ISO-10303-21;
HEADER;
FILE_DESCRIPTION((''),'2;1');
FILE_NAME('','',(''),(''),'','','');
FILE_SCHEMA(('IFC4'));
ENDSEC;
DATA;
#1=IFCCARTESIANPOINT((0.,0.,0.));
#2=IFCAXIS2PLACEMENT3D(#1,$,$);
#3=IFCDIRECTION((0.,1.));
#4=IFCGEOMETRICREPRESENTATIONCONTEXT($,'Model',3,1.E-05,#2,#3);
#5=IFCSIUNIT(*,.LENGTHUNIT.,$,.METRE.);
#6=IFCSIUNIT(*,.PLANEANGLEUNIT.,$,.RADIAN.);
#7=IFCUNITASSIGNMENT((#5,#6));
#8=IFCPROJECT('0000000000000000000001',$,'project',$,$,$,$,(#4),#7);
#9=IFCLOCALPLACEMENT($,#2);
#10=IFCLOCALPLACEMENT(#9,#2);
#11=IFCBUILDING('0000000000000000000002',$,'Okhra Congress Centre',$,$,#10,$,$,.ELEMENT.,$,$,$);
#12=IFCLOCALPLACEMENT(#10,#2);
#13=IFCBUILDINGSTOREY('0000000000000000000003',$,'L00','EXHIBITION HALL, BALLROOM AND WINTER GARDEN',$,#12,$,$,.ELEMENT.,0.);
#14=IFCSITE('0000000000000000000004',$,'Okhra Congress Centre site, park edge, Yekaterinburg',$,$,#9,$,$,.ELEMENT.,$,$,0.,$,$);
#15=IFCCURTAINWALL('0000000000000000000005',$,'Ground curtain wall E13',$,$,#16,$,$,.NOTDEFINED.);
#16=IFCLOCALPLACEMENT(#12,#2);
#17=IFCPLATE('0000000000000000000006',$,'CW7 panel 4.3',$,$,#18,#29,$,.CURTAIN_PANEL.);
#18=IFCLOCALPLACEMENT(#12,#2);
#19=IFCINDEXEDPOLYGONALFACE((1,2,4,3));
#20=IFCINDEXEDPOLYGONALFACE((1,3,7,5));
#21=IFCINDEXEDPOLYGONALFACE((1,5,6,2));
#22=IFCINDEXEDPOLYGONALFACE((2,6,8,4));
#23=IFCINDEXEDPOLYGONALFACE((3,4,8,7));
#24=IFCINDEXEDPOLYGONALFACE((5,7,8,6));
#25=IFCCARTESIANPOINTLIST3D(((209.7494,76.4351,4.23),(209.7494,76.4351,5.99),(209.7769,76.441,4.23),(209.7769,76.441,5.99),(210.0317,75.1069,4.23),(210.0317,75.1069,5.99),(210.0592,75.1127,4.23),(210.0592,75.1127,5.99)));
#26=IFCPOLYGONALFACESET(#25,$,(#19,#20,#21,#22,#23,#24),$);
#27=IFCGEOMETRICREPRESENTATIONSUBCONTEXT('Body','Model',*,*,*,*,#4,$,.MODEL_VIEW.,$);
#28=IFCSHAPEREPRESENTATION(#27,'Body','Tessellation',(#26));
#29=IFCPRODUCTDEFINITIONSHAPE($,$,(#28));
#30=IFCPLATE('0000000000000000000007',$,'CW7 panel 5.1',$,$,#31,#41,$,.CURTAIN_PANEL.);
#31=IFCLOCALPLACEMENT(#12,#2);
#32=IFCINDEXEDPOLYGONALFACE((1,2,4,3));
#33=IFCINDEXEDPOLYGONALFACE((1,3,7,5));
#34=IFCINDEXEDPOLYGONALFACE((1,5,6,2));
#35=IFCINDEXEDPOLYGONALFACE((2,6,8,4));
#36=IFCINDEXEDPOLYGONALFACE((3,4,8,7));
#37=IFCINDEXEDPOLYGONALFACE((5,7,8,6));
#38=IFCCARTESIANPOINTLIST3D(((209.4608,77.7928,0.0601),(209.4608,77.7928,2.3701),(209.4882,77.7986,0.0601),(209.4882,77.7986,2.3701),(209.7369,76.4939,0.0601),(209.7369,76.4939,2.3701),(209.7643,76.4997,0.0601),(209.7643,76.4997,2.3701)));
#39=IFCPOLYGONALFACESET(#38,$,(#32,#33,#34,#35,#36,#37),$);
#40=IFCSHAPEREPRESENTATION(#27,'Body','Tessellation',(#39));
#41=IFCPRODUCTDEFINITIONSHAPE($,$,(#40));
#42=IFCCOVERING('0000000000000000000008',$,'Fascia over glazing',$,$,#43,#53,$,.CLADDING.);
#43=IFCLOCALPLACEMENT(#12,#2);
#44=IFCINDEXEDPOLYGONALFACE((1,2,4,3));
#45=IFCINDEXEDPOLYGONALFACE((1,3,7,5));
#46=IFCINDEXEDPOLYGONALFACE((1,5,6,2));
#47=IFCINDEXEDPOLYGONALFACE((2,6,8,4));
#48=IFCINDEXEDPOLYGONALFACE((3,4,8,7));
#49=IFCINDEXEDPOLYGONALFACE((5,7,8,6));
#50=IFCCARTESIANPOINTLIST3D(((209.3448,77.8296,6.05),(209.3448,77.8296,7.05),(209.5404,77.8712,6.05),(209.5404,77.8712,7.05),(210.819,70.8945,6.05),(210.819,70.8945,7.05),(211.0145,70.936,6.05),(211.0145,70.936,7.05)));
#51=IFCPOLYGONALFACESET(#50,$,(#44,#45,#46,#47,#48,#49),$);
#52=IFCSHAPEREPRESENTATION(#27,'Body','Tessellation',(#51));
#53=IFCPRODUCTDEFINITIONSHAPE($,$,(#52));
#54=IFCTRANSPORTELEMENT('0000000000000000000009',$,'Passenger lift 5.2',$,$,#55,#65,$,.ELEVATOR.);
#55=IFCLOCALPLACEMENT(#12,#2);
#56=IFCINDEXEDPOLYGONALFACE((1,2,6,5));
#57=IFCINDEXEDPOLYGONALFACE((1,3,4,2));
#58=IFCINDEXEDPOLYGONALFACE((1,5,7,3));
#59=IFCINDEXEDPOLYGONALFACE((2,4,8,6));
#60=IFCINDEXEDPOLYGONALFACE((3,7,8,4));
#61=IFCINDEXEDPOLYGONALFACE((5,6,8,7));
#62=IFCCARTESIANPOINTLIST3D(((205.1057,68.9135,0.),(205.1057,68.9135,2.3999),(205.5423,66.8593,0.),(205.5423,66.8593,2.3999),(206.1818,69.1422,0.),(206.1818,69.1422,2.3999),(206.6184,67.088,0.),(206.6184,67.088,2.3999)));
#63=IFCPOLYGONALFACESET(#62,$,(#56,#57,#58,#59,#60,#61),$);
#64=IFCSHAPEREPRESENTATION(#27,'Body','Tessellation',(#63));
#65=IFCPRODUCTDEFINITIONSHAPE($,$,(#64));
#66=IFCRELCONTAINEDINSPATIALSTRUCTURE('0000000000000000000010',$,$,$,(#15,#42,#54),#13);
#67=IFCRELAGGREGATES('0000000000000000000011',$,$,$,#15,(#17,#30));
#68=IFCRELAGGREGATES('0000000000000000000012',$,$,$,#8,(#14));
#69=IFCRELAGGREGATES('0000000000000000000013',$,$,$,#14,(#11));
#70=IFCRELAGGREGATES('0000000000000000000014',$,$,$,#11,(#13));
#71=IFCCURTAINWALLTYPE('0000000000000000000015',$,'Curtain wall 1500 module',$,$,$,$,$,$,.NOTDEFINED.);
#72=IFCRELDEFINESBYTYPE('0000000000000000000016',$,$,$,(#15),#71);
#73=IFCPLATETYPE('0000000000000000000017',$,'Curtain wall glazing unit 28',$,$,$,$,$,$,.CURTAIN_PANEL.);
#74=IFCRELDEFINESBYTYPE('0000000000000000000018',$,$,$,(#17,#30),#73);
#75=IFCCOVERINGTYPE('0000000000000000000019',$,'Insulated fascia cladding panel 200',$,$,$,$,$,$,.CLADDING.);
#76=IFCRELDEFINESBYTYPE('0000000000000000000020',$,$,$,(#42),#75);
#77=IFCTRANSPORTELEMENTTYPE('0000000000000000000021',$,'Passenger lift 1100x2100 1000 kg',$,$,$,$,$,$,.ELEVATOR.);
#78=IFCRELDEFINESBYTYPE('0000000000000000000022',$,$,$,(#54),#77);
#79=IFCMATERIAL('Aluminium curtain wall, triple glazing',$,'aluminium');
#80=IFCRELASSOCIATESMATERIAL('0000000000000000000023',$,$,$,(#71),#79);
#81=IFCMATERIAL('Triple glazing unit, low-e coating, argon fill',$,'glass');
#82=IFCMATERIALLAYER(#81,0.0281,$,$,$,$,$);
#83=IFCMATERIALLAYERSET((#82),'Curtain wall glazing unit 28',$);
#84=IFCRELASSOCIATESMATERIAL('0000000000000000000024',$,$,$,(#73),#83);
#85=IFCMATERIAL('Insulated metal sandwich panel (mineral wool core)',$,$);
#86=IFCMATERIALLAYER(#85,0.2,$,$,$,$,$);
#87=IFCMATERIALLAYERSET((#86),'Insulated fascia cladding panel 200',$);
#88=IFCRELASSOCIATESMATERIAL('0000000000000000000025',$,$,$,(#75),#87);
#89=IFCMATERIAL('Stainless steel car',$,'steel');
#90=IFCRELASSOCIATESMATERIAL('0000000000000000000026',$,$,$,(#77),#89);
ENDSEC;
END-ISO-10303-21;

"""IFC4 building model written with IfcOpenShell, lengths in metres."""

from ifc_helpers import new_model, si_unit, direction, frame, origin, origin_2d, place, context, subcontext, project, spatial, rectangle, extrude, material, layer, layer_set, type_object, element, aggregate, save


model = new_model("IFC4")

# Units and contexts
model_context = context("Model", 3, precision=1e-05, world=origin(), true_north=direction((0.0, 1.0)))
body_context = subcontext(model_context, "Body", "Model", "MODEL_VIEW")
ifc_project = project(units=[si_unit("LENGTHUNIT", "METRE"), si_unit("PLANEANGLEUNIT", "RADIAN")], contexts=[model_context])

# Site, building, storey
site_placement = place(None, origin())
site = spatial("IfcSite", under=ifc_project, at=site_placement, Name="Okhra Congress Centre site, park edge, Yekaterinburg", CompositionType="ELEMENT", RefElevation=0.0)
building_placement = place(site_placement, origin())
building = spatial("IfcBuilding", under=site, at=building_placement, Name="Okhra Congress Centre", CompositionType="ELEMENT")
storey_placement = place(building_placement, origin())
storey = spatial("IfcBuildingStorey", under=building, at=storey_placement, Name="L00", Description="EXHIBITION HALL, BALLROOM AND WINTER GARDEN", CompositionType="ELEMENT", Elevation=0.0)

# Curtain wall
ifc_material_1 = material(Name="Aluminium curtain wall, triple glazing", Category="aluminium")
curtain_wall_type = type_object("IfcCurtainWallType", Name="Curtain wall 1500 module", PredefinedType="NOTDEFINED", material=ifc_material_1)
curtain_wall_placement = place(storey_placement, origin())
curtain_wall = element("IfcCurtainWall", 1, at=curtain_wall_placement, inside=storey, type_object=curtain_wall_type, Name="Ground curtain wall E13", PredefinedType="NOTDEFINED")

# Plates
ifc_material_2 = material(Name="Triple glazing unit, low-e coating, argon fill", Category="glass")
ifc_layer_1 = layer(ifc_material_2, 0.0281)
ifc_layer_set_1 = layer_set([ifc_layer_1], Name="Curtain wall glazing unit 28")
plate_type = type_object("IfcPlateType", Name="Curtain wall glazing unit 28", PredefinedType="CURTAIN_PANEL", material=ifc_layer_set_1)
plate_1_placement = place(storey_placement, frame((209.9043, 75.7739, 4.23), z_axis=(0.0, 0.0, 1.0), x_axis=(-0.207912, 0.978148, 0.0)))
plate_1 = element("IfcPlate", 2, at=plate_1_placement, type_object=plate_type, Name="CW7 panel 4.3", PredefinedType="CURTAIN_PANEL", context=body_context, shape_type="SweptSolid", body=[
    extrude(rectangle(XDim=1.3579, YDim=0.0281, at=origin_2d()), origin(), (0.0, 0.0, 1.0), 1.76),
])
plate_2_placement = place(storey_placement, frame((209.6125, 77.1462, 0.0601), z_axis=(0.0, 0.0, 1.0), x_axis=(-0.207912, 0.978148, 0.0)))
plate_2 = element("IfcPlate", 3, at=plate_2_placement, type_object=plate_type, Name="CW7 panel 5.1", PredefinedType="CURTAIN_PANEL", context=body_context, shape_type="SweptSolid", body=[
    extrude(rectangle(XDim=1.3279, YDim=0.0281, at=origin_2d()), origin(), (0.0, 0.0, 1.0), 2.3101),
])
aggregate(curtain_wall, [plate_1, plate_2])

# Covering
ifc_material_3 = material(Name="Insulated metal sandwich panel (mineral wool core)")
ifc_layer_2 = layer(ifc_material_3, 0.2)
ifc_layer_set_2 = layer_set([ifc_layer_2], Name="Insulated fascia cladding panel 200")
covering_type = type_object("IfcCoveringType", Name="Insulated fascia cladding panel 200", PredefinedType="CLADDING", material=ifc_layer_set_2)
covering_placement = place(storey_placement, frame((210.1797, 74.3828, 6.05), z_axis=(0.0, 0.0, 1.0), x_axis=(-0.207912, 0.978148, 0.0)))
element("IfcCovering", 4, at=covering_placement, inside=storey, type_object=covering_type, Name="Fascia over glazing", PredefinedType="CLADDING", context=body_context, shape_type="SweptSolid", body=[
    extrude(rectangle(XDim=7.0901, YDim=0.2, at=origin_2d()), origin(), (0.0, 0.0, 1.0), 1.0),
])

# Transport element
ifc_material_4 = material(Name="Stainless steel car", Category="steel")
transport_element_type = type_object("IfcTransportElementType", Name="Passenger lift 1100x2100 1000 kg", PredefinedType="ELEVATOR", material=ifc_material_4)
transport_element_placement = place(storey_placement, frame((205.8621, 68.0007, 0.0), z_axis=(0.0, 0.0, 1.0), x_axis=(0.978148, 0.207912, 0.0)))
element("IfcTransportElement", 5, at=transport_element_placement, inside=storey, type_object=transport_element_type, Name="Passenger lift 5.2", PredefinedType="ELEVATOR", context=body_context, shape_type="SweptSolid", body=[
    extrude(rectangle(XDim=1.1001, YDim=2.1001, at=origin_2d()), origin(), (0.0, 0.0, 1.0), 2.3999),
])

save(model, "model.ifc")
